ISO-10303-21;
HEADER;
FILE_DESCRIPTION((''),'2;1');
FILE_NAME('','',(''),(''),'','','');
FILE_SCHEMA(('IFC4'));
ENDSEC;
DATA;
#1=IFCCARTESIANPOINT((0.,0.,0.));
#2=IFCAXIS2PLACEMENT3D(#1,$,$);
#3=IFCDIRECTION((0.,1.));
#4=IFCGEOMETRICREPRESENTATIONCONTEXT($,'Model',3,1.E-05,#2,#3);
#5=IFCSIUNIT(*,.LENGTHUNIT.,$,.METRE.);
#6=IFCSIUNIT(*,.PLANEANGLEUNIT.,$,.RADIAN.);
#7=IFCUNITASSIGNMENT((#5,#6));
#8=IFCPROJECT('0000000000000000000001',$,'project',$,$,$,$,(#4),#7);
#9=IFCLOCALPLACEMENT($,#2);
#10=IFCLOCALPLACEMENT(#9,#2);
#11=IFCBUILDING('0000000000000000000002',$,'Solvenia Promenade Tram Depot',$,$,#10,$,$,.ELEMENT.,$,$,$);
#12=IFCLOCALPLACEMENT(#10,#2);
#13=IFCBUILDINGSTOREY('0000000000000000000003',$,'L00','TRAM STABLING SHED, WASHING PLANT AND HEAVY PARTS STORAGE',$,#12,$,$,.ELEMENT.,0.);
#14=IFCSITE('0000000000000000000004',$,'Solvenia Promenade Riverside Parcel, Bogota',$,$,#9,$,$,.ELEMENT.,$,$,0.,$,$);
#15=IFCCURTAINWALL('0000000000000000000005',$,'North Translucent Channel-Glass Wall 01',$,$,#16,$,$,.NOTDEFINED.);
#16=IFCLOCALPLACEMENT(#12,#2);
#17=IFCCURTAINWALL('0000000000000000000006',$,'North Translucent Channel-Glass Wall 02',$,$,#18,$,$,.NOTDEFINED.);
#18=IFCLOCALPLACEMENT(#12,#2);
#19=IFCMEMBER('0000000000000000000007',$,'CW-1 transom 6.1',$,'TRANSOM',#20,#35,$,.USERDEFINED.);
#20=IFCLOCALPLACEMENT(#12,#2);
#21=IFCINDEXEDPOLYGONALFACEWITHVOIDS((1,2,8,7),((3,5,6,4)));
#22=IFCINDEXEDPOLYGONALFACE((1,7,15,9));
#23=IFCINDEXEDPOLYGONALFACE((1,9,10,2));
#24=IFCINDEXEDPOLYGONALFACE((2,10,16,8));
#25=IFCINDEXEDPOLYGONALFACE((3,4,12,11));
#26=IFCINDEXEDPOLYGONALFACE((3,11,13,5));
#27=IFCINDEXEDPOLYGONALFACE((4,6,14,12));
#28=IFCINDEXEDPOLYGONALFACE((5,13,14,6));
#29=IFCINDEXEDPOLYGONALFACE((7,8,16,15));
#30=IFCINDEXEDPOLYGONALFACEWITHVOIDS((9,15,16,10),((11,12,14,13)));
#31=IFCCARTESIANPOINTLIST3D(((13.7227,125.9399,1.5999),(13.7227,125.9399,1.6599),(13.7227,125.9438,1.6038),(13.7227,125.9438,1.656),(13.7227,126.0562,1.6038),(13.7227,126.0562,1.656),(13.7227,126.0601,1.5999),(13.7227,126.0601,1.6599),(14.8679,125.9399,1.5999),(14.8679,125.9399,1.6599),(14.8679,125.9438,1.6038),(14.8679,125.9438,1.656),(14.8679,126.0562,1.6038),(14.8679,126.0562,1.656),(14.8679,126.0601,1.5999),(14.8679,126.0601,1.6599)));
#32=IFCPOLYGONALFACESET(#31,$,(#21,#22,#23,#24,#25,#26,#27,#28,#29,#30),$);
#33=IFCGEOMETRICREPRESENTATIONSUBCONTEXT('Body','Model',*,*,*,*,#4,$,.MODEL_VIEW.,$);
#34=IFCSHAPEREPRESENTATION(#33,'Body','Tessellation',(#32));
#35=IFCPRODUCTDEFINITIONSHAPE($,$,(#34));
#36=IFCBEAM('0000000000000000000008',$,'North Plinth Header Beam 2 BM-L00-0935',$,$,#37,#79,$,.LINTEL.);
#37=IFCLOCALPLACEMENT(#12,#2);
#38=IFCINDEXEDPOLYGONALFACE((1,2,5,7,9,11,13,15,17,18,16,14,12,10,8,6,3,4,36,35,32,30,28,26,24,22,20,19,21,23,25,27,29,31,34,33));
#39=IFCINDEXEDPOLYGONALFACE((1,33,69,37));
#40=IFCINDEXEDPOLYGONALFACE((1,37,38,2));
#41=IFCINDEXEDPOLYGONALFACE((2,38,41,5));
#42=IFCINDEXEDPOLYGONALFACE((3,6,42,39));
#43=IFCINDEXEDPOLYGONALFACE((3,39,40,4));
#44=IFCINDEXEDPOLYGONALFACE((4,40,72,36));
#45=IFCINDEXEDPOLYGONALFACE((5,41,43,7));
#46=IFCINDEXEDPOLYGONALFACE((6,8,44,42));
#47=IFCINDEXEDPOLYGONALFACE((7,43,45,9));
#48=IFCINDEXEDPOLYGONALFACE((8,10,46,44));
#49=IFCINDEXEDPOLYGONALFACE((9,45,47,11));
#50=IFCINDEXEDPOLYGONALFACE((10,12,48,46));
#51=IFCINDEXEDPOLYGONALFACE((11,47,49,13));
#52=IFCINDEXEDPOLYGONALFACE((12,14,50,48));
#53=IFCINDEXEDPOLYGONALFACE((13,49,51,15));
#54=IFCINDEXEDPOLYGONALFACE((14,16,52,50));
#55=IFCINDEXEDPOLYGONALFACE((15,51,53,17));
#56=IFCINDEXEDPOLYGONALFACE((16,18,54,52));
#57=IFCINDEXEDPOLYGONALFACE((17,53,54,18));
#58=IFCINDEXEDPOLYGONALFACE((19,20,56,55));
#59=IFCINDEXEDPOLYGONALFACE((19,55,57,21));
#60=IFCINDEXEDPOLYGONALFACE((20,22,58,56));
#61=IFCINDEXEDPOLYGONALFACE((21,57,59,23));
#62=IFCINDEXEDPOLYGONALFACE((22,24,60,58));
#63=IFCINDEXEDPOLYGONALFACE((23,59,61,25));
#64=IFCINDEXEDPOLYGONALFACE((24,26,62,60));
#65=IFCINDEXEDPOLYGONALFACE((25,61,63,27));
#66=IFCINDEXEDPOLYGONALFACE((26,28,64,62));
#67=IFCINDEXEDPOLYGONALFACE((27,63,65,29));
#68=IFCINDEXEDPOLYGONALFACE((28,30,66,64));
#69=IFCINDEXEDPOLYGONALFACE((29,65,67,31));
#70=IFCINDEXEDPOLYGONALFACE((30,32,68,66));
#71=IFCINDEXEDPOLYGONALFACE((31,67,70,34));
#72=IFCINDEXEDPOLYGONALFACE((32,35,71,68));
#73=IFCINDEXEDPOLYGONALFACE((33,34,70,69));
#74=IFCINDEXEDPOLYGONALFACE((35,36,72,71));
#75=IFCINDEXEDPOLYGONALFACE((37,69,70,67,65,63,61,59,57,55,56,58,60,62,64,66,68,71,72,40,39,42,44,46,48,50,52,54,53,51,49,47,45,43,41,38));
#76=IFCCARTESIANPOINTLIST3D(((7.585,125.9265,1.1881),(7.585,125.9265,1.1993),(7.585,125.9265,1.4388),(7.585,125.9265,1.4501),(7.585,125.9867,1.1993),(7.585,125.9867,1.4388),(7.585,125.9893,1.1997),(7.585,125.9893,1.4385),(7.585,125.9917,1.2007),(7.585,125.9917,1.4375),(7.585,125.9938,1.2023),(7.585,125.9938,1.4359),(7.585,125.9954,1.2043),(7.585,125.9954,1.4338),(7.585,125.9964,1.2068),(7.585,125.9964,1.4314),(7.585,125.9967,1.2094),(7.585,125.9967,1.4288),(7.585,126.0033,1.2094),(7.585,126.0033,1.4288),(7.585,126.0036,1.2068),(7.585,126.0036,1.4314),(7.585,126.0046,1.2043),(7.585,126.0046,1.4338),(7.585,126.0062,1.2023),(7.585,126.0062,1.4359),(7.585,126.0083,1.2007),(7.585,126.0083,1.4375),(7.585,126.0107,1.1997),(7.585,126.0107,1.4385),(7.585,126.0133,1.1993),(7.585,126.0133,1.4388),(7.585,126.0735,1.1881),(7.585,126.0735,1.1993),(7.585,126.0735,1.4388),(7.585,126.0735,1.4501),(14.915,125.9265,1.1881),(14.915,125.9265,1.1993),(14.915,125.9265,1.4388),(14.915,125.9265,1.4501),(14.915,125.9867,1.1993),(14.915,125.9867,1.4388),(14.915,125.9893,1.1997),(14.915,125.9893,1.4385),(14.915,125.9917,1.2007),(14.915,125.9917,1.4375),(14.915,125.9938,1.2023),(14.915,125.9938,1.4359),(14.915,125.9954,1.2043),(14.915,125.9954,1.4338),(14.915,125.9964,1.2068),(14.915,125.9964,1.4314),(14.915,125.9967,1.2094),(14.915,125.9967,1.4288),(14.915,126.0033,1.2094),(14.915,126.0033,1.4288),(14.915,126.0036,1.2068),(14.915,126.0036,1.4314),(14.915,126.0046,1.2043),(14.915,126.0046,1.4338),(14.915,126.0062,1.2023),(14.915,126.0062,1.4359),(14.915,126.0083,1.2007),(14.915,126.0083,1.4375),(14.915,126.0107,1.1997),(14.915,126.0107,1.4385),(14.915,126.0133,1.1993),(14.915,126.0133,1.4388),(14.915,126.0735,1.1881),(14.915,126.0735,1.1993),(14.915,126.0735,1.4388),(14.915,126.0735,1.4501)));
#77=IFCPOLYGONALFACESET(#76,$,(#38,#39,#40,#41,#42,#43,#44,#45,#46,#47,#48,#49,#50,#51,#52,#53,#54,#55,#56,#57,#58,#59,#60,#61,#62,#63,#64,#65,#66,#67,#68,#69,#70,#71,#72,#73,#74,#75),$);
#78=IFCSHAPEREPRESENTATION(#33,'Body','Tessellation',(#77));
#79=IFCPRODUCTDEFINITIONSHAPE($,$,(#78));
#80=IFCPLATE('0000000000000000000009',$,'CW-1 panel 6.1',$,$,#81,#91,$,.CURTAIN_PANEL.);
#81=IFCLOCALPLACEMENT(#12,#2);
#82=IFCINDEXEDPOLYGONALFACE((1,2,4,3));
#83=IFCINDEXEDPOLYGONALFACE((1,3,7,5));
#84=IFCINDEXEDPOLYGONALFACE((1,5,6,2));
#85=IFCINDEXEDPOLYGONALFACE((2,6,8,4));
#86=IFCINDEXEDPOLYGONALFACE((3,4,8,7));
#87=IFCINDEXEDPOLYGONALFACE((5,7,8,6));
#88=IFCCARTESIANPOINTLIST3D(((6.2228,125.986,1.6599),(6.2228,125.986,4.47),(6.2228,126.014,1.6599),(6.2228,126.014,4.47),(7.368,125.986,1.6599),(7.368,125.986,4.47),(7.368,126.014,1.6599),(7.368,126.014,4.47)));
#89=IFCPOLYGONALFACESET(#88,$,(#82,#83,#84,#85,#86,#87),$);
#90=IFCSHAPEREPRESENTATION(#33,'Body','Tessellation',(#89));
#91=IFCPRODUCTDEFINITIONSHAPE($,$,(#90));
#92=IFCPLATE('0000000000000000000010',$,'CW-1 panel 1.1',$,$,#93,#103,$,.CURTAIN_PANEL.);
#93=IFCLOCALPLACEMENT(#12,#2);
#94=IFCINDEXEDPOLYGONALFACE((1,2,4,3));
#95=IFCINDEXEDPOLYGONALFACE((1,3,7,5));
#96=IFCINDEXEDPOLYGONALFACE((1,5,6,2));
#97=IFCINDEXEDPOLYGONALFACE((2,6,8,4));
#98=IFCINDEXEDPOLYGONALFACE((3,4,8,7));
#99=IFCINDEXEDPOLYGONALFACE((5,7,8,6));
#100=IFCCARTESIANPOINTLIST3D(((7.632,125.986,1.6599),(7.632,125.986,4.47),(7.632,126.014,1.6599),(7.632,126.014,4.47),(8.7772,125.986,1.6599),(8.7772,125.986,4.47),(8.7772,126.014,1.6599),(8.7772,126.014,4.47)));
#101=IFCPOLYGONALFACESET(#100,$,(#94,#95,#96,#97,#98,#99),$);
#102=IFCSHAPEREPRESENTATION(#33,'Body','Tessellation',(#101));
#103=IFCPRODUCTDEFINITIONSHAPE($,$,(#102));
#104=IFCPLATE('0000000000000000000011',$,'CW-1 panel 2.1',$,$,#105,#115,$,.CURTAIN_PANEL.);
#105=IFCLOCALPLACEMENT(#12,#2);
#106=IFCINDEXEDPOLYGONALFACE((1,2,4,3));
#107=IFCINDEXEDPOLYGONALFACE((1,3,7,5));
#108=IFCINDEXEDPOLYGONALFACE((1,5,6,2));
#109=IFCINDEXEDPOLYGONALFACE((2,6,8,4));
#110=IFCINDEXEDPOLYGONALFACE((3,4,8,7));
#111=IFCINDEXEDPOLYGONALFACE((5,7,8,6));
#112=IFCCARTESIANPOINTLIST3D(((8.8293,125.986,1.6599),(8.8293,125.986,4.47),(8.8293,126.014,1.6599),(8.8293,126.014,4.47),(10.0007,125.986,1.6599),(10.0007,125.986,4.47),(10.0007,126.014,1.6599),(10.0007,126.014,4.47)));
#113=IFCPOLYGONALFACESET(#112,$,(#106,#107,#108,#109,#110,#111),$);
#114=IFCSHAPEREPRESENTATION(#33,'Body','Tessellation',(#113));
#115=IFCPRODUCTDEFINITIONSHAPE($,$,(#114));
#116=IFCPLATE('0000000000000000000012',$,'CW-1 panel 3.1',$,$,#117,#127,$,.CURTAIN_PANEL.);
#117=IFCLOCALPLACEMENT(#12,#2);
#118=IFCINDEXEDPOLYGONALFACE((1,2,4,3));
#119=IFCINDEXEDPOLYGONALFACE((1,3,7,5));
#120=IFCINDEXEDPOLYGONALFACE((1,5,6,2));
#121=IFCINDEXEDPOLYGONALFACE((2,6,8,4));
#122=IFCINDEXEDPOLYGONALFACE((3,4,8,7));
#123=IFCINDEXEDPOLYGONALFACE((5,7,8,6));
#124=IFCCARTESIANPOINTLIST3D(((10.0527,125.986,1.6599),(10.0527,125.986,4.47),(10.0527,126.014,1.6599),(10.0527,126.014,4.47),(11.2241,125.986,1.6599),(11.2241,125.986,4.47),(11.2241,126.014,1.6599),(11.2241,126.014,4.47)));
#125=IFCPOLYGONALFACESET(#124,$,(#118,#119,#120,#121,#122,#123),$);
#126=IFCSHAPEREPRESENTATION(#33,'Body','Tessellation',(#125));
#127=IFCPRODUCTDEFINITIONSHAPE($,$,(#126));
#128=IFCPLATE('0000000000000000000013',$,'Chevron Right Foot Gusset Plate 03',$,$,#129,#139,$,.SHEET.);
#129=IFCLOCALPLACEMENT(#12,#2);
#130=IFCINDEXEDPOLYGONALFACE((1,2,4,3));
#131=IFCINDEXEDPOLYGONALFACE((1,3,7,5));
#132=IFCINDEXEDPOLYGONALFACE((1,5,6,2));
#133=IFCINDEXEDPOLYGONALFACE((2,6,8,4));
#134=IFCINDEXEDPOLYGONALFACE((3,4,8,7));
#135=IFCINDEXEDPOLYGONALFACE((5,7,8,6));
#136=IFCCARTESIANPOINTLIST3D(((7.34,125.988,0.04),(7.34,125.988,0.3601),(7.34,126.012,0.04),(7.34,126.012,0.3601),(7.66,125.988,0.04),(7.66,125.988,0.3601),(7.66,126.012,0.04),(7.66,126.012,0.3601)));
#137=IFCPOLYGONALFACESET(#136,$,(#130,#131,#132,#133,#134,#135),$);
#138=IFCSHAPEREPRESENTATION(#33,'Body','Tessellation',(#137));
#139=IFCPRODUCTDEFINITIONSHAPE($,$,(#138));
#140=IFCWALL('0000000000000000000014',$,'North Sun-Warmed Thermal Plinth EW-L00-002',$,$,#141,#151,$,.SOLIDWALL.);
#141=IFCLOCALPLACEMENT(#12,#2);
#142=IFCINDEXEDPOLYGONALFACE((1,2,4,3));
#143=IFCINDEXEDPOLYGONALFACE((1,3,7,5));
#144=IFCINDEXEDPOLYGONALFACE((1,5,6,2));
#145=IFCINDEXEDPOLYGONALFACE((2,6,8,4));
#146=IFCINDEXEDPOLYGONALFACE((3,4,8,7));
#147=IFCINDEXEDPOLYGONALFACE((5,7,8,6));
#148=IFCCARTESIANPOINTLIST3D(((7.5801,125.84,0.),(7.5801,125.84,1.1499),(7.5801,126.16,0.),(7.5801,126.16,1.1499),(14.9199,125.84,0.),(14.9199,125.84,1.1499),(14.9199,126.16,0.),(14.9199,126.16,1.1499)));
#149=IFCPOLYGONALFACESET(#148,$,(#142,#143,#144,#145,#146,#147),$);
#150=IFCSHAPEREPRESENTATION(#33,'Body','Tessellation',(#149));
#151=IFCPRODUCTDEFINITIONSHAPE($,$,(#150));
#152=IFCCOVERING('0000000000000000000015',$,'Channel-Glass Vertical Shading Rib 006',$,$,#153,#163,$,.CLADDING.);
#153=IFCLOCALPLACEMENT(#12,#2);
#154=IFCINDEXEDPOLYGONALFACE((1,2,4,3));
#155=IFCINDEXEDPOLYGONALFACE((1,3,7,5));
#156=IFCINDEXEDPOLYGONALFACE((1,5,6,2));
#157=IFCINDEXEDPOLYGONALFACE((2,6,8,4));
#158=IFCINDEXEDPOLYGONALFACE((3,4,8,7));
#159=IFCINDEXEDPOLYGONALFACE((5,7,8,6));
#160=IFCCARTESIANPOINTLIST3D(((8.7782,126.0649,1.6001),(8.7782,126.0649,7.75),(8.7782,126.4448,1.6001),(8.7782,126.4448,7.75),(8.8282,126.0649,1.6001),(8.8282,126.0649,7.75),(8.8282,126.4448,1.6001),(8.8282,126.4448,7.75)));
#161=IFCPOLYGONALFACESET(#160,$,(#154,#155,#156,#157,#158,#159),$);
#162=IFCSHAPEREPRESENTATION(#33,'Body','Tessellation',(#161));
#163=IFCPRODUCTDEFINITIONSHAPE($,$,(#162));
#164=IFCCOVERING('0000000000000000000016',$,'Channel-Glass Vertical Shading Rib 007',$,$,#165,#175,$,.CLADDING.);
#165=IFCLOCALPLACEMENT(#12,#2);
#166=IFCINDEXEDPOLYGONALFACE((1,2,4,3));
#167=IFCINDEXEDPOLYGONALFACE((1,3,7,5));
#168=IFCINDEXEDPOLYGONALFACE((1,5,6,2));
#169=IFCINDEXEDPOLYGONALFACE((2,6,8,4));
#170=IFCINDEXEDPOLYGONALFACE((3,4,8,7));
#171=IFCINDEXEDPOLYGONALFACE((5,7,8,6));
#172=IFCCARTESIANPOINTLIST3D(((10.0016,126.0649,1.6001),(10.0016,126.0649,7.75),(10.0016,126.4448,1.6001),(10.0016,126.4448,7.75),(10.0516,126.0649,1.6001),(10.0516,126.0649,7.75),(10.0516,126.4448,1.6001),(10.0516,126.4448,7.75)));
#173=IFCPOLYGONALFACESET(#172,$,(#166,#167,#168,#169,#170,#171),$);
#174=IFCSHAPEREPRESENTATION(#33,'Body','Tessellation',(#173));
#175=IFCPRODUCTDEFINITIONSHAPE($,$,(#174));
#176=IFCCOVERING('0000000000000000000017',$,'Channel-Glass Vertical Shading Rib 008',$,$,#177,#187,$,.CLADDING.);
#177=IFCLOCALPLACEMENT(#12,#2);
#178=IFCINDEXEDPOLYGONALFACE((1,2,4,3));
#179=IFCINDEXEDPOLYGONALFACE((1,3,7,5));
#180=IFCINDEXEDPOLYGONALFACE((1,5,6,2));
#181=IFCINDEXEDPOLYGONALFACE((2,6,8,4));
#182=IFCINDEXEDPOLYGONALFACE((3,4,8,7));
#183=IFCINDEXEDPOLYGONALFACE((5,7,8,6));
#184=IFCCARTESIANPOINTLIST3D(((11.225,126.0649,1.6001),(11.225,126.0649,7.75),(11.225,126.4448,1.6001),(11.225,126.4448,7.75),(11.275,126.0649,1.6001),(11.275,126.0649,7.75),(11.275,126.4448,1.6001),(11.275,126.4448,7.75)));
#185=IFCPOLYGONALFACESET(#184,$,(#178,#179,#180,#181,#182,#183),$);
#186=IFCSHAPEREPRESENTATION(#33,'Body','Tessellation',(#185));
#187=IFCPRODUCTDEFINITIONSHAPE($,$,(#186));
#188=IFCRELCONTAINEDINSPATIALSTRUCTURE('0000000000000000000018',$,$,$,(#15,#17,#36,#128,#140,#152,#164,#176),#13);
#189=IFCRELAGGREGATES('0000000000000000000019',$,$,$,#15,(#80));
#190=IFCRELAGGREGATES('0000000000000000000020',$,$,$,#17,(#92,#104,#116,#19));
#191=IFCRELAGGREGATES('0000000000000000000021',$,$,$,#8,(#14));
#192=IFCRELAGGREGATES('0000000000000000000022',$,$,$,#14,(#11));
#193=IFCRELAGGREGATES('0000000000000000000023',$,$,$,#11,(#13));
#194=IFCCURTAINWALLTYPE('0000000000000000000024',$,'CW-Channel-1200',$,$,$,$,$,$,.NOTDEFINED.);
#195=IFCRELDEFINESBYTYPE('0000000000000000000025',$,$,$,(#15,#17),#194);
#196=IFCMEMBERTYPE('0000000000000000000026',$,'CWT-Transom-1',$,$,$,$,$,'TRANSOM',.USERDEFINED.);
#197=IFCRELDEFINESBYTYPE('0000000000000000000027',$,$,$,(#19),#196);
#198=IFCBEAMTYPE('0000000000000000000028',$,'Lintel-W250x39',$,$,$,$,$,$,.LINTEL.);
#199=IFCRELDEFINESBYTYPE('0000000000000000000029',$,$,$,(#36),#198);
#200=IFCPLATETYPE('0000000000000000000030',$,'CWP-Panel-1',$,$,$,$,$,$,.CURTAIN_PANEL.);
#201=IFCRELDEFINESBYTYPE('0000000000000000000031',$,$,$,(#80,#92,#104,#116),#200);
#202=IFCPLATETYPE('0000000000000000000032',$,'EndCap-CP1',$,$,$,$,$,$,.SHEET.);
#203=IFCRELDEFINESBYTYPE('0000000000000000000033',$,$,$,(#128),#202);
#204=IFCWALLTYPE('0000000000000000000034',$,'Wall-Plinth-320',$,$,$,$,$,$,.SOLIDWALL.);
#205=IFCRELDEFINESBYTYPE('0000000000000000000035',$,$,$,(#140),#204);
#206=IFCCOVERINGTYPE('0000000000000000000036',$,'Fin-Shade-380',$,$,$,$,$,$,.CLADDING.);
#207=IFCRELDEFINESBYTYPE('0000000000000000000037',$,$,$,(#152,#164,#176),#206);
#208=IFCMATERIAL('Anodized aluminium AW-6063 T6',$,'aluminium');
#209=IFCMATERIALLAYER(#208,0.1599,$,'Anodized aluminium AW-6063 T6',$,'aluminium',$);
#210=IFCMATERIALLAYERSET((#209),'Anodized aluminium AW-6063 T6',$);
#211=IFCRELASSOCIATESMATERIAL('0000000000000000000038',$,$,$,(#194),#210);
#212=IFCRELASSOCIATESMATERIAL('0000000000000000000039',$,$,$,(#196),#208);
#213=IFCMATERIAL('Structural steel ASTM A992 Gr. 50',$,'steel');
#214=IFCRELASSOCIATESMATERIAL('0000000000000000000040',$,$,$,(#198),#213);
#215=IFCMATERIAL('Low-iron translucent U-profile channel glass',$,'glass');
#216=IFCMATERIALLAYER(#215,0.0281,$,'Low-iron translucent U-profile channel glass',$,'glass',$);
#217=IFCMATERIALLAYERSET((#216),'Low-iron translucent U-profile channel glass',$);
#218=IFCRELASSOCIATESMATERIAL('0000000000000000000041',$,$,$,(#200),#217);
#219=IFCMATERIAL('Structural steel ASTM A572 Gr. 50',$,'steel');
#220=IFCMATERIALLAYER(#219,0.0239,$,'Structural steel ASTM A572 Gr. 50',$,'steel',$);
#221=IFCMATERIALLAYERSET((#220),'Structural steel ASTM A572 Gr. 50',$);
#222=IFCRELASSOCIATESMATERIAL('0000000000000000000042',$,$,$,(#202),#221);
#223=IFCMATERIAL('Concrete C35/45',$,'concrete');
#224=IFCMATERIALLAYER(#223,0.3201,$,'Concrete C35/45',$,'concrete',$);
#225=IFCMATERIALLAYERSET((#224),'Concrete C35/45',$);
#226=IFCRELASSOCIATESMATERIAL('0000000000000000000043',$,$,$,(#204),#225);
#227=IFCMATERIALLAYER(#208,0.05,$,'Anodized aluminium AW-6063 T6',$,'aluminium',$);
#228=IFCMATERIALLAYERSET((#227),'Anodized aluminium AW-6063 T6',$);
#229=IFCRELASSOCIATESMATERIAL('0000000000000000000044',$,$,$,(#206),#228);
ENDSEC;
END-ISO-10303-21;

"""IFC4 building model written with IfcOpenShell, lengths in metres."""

from ifc_helpers import new_model, si_unit, direction, frame, frame_2d, origin, origin_2d, place, context, subcontext, project, spatial, rectangle, hollow_rectangle, i_section, extrude, material, layer, layer_set, material_profile, profile_set, type_object, element, aggregate, save


model = new_model("IFC4")

# Units and contexts
model_context = context("Model", 3, precision=1e-05, world=origin(), true_north=direction((0.0, 1.0)))
body_context = subcontext(model_context, "Body", "Model", "MODEL_VIEW")
ifc_project = project(units=[si_unit("LENGTHUNIT", "METRE"), si_unit("PLANEANGLEUNIT", "RADIAN")], contexts=[model_context])

# Site, building, storey
site_placement = place(None, origin())
site = spatial("IfcSite", under=ifc_project, at=site_placement, Name="Solvenia Promenade Riverside Parcel, Bogota", CompositionType="ELEMENT", RefElevation=0.0)
building_placement = place(site_placement, origin())
building = spatial("IfcBuilding", under=site, at=building_placement, Name="Solvenia Promenade Tram Depot", CompositionType="ELEMENT")
storey_placement = place(building_placement, origin())
storey = spatial("IfcBuildingStorey", under=building, at=storey_placement, Name="L00", Description="TRAM STABLING SHED, WASHING PLANT AND HEAVY PARTS STORAGE", CompositionType="ELEMENT", Elevation=0.0)

# Shared definitions
ifc_material_1 = material(Name="Structural steel ASTM A992 Gr. 50", Category="steel")

# Curtain wall
ifc_material_2 = material(Name="Anodized aluminium AW-6063 T6", Category="aluminium")
ifc_layer_1 = layer(ifc_material_2, 0.1599, Name="Anodized aluminium AW-6063 T6", Category="aluminium")
ifc_layer_set_1 = layer_set([ifc_layer_1], Name="Anodized aluminium AW-6063 T6")
curtain_wall_type = type_object("IfcCurtainWallType", Name="CW-Channel-1200", PredefinedType="NOTDEFINED", material=ifc_layer_set_1)
curtain_wall_1_placement = place(storey_placement, origin())
curtain_wall_1 = element("IfcCurtainWall", 1, at=curtain_wall_1_placement, inside=storey, type_object=curtain_wall_type, Name="North Translucent Channel-Glass Wall 01", PredefinedType="NOTDEFINED")

# Curtain wall, member
curtain_wall_2_placement = place(storey_placement, origin())
curtain_wall_2 = element("IfcCurtainWall", 2, at=curtain_wall_2_placement, inside=storey, type_object=curtain_wall_type, Name="North Translucent Channel-Glass Wall 02", PredefinedType="NOTDEFINED")
ifc_material_profile_1 = material_profile(ifc_material_2, hollow_rectangle(XDim=0.1201, YDim=0.0601, WallThickness=0.0039, at=origin_2d()), Name="ALU-T1", Category="aluminium")
ifc_profile_set_1 = profile_set([ifc_material_profile_1], Name="Anodized aluminium AW-6063 T6")
member_type_1 = type_object("IfcMemberType", Name="CWT-Transom-1", ElementType="TRANSOM", PredefinedType="USERDEFINED", material=ifc_profile_set_1)
member_1_placement = place(storey_placement, frame((13.7227, 126.0, 1.6299), z_axis=(1.0, 0.0, 0.0), x_axis=(0.0, 1.0, 0.0)))
member_1 = element("IfcMember", 3, at=member_1_placement, type_object=member_type_1, Name="CW-1 transom 6.1", ObjectType="TRANSOM", PredefinedType="USERDEFINED", context=body_context, shape_type="SweptSolid", body=[
    extrude(hollow_rectangle(XDim=0.1201, YDim=0.0601, WallThickness=0.0039, at=origin_2d()), origin(), (0.0, 0.0, 1.0), 1.1453),
])

# Beam
ifc_material_profile_2 = material_profile(ifc_material_1, i_section(OverallWidth=0.147, OverallDepth=0.262, WebThickness=0.0066, FlangeThickness=0.0112, FilletRadius=0.01, at=origin_2d()), Name="W250x39", Category="steel")
ifc_profile_set_2 = profile_set([ifc_material_profile_2], Name="Structural steel ASTM A992 Gr. 50")
beam_type = type_object("IfcBeamType", Name="Lintel-W250x39", PredefinedType="LINTEL", material=ifc_profile_set_2)
beam_placement = place(storey_placement, frame((7.585, 126.0, 1.3191), z_axis=(1.0, 0.0, 0.0), x_axis=(0.0, 1.0, 0.0)))
element("IfcBeam", 4, at=beam_placement, inside=storey, type_object=beam_type, Name="North Plinth Header Beam 2 BM-L00-0935", PredefinedType="LINTEL", context=body_context, shape_type="SweptSolid", body=[
    extrude(i_section(OverallWidth=0.147, OverallDepth=0.262, WebThickness=0.0066, FlangeThickness=0.0112, FilletRadius=0.01, at=origin_2d()), origin(), (0.0, 0.0, 1.0), 7.3301),
])

# Plates
ifc_material_3 = material(Name="Low-iron translucent U-profile channel glass", Category="glass")
ifc_layer_2 = layer(ifc_material_3, 0.0281, Name="Low-iron translucent U-profile channel glass", Category="glass")
ifc_layer_set_2 = layer_set([ifc_layer_2], Name="Low-iron translucent U-profile channel glass")
plate_type_1 = type_object("IfcPlateType", Name="CWP-Panel-1", PredefinedType="CURTAIN_PANEL", material=ifc_layer_set_2)
plate_1_placement = place(storey_placement, frame((6.7954, 126.0, 1.6599), z_axis=(0.0, 0.0, 1.0), x_axis=(1.0, 0.0, 0.0)))
plate_1 = element("IfcPlate", 5, at=plate_1_placement, type_object=plate_type_1, Name="CW-1 panel 6.1", PredefinedType="CURTAIN_PANEL", context=body_context, shape_type="SweptSolid", body=[
    extrude(rectangle(XDim=1.1453, YDim=0.0281, at=origin_2d()), origin(), (0.0, 0.0, 1.0), 2.8101),
])
aggregate(curtain_wall_1, [plate_1])
plate_2_placement = place(storey_placement, frame((8.2046, 126.0, 1.6599), z_axis=(0.0, 0.0, 1.0), x_axis=(1.0, 0.0, 0.0)))
plate_2 = element("IfcPlate", 6, at=plate_2_placement, type_object=plate_type_1, Name="CW-1 panel 1.1", PredefinedType="CURTAIN_PANEL", context=body_context, shape_type="SweptSolid", body=[
    extrude(rectangle(XDim=1.1453, YDim=0.0281, at=origin_2d()), origin(), (0.0, 0.0, 1.0), 2.8101),
])
plate_3_placement = place(storey_placement, frame((9.415, 126.0, 1.6599), z_axis=(0.0, 0.0, 1.0), x_axis=(1.0, 0.0, 0.0)))
plate_3 = element("IfcPlate", 7, at=plate_3_placement, type_object=plate_type_1, Name="CW-1 panel 2.1", PredefinedType="CURTAIN_PANEL", context=body_context, shape_type="SweptSolid", body=[
    extrude(rectangle(XDim=1.1714, YDim=0.0281, at=origin_2d()), origin(), (0.0, 0.0, 1.0), 2.8101),
])
plate_4_placement = place(storey_placement, frame((10.6384, 126.0, 1.6599), z_axis=(0.0, 0.0, 1.0), x_axis=(1.0, 0.0, 0.0)))
plate_4 = element("IfcPlate", 8, at=plate_4_placement, type_object=plate_type_1, Name="CW-1 panel 3.1", PredefinedType="CURTAIN_PANEL", context=body_context, shape_type="SweptSolid", body=[
    extrude(rectangle(XDim=1.1714, YDim=0.0281, at=origin_2d()), origin(), (0.0, 0.0, 1.0), 2.8101),
])
aggregate(curtain_wall_2, [plate_2, plate_3, plate_4, member_1])
ifc_material_4 = material(Name="Structural steel ASTM A572 Gr. 50", Category="steel")
ifc_layer_3 = layer(ifc_material_4, 0.0239, Name="Structural steel ASTM A572 Gr. 50", Category="steel")
ifc_layer_set_3 = layer_set([ifc_layer_3], Name="Structural steel ASTM A572 Gr. 50")
plate_type_2 = type_object("IfcPlateType", Name="EndCap-CP1", PredefinedType="SHEET", material=ifc_layer_set_3)
plate_5_placement = place(storey_placement, frame((7.5, 126.0, 0.04), z_axis=(0.0, 0.0, 1.0), x_axis=(1.0, 0.0, 0.0)))
element("IfcPlate", 9, at=plate_5_placement, inside=storey, type_object=plate_type_2, Name="Chevron Right Foot Gusset Plate 03", PredefinedType="SHEET", context=body_context, shape_type="SweptSolid", body=[
    extrude(rectangle(XDim=0.3201, YDim=0.0239, at=origin_2d()), origin(), (0.0, 0.0, 1.0), 0.3201),
])

# Wall
ifc_material_5 = material(Name="Concrete C35/45", Category="concrete")
ifc_layer_4 = layer(ifc_material_5, 0.3201, Name="Concrete C35/45", Category="concrete")
ifc_layer_set_4 = layer_set([ifc_layer_4], Name="Concrete C35/45")
wall_type = type_object("IfcWallType", Name="Wall-Plinth-320", PredefinedType="SOLIDWALL", material=ifc_layer_set_4)
wall_placement = place(storey_placement, frame((7.5801, 126.0, 0.0), z_axis=(0.0, 0.0, 1.0), x_axis=(1.0, 0.0, 0.0)))
element("IfcWall", 10, at=wall_placement, inside=storey, type_object=wall_type, Name="North Sun-Warmed Thermal Plinth EW-L00-002", PredefinedType="SOLIDWALL", context=body_context, shape_type="SweptSolid", body=[
    extrude(rectangle(XDim=7.3398, YDim=0.3201, at=frame_2d((3.6699, 0.0))), origin(), (0.0, 0.0, 1.0), 1.1499),
])

# Coverings
ifc_layer_5 = layer(ifc_material_2, 0.05, Name="Anodized aluminium AW-6063 T6", Category="aluminium")
ifc_layer_set_5 = layer_set([ifc_layer_5], Name="Anodized aluminium AW-6063 T6")
covering_type = type_object("IfcCoveringType", Name="Fin-Shade-380", PredefinedType="CLADDING", material=ifc_layer_set_5)
for number, where, z_axis, x_axis, name in (
    (11, (8.8032, 126.2549, 1.6001), (0.0, 0.0, 1.0), (1.0, 0.0, 0.0), "Channel-Glass Vertical Shading Rib 006"),
    (12, (10.0266, 126.2549, 1.6001), (0.0, 0.0, 1.0), (1.0, 0.0, 0.0), "Channel-Glass Vertical Shading Rib 007"),
    (13, (11.25, 126.2549, 1.6001), (0.0, 0.0, 1.0), (1.0, 0.0, 0.0), "Channel-Glass Vertical Shading Rib 008"),
):
    element("IfcCovering", number, at=place(storey_placement, frame(where, z_axis=z_axis, x_axis=x_axis)), inside=storey, type_object=covering_type, Name=name, PredefinedType="CLADDING", context=body_context, shape_type="SweptSolid", body=[
        extrude(rectangle(XDim=0.05, YDim=0.3799, at=origin_2d()), origin(), (0.0, 0.0, 1.0), 6.1499),
    ])

save(model, "model.ifc")
